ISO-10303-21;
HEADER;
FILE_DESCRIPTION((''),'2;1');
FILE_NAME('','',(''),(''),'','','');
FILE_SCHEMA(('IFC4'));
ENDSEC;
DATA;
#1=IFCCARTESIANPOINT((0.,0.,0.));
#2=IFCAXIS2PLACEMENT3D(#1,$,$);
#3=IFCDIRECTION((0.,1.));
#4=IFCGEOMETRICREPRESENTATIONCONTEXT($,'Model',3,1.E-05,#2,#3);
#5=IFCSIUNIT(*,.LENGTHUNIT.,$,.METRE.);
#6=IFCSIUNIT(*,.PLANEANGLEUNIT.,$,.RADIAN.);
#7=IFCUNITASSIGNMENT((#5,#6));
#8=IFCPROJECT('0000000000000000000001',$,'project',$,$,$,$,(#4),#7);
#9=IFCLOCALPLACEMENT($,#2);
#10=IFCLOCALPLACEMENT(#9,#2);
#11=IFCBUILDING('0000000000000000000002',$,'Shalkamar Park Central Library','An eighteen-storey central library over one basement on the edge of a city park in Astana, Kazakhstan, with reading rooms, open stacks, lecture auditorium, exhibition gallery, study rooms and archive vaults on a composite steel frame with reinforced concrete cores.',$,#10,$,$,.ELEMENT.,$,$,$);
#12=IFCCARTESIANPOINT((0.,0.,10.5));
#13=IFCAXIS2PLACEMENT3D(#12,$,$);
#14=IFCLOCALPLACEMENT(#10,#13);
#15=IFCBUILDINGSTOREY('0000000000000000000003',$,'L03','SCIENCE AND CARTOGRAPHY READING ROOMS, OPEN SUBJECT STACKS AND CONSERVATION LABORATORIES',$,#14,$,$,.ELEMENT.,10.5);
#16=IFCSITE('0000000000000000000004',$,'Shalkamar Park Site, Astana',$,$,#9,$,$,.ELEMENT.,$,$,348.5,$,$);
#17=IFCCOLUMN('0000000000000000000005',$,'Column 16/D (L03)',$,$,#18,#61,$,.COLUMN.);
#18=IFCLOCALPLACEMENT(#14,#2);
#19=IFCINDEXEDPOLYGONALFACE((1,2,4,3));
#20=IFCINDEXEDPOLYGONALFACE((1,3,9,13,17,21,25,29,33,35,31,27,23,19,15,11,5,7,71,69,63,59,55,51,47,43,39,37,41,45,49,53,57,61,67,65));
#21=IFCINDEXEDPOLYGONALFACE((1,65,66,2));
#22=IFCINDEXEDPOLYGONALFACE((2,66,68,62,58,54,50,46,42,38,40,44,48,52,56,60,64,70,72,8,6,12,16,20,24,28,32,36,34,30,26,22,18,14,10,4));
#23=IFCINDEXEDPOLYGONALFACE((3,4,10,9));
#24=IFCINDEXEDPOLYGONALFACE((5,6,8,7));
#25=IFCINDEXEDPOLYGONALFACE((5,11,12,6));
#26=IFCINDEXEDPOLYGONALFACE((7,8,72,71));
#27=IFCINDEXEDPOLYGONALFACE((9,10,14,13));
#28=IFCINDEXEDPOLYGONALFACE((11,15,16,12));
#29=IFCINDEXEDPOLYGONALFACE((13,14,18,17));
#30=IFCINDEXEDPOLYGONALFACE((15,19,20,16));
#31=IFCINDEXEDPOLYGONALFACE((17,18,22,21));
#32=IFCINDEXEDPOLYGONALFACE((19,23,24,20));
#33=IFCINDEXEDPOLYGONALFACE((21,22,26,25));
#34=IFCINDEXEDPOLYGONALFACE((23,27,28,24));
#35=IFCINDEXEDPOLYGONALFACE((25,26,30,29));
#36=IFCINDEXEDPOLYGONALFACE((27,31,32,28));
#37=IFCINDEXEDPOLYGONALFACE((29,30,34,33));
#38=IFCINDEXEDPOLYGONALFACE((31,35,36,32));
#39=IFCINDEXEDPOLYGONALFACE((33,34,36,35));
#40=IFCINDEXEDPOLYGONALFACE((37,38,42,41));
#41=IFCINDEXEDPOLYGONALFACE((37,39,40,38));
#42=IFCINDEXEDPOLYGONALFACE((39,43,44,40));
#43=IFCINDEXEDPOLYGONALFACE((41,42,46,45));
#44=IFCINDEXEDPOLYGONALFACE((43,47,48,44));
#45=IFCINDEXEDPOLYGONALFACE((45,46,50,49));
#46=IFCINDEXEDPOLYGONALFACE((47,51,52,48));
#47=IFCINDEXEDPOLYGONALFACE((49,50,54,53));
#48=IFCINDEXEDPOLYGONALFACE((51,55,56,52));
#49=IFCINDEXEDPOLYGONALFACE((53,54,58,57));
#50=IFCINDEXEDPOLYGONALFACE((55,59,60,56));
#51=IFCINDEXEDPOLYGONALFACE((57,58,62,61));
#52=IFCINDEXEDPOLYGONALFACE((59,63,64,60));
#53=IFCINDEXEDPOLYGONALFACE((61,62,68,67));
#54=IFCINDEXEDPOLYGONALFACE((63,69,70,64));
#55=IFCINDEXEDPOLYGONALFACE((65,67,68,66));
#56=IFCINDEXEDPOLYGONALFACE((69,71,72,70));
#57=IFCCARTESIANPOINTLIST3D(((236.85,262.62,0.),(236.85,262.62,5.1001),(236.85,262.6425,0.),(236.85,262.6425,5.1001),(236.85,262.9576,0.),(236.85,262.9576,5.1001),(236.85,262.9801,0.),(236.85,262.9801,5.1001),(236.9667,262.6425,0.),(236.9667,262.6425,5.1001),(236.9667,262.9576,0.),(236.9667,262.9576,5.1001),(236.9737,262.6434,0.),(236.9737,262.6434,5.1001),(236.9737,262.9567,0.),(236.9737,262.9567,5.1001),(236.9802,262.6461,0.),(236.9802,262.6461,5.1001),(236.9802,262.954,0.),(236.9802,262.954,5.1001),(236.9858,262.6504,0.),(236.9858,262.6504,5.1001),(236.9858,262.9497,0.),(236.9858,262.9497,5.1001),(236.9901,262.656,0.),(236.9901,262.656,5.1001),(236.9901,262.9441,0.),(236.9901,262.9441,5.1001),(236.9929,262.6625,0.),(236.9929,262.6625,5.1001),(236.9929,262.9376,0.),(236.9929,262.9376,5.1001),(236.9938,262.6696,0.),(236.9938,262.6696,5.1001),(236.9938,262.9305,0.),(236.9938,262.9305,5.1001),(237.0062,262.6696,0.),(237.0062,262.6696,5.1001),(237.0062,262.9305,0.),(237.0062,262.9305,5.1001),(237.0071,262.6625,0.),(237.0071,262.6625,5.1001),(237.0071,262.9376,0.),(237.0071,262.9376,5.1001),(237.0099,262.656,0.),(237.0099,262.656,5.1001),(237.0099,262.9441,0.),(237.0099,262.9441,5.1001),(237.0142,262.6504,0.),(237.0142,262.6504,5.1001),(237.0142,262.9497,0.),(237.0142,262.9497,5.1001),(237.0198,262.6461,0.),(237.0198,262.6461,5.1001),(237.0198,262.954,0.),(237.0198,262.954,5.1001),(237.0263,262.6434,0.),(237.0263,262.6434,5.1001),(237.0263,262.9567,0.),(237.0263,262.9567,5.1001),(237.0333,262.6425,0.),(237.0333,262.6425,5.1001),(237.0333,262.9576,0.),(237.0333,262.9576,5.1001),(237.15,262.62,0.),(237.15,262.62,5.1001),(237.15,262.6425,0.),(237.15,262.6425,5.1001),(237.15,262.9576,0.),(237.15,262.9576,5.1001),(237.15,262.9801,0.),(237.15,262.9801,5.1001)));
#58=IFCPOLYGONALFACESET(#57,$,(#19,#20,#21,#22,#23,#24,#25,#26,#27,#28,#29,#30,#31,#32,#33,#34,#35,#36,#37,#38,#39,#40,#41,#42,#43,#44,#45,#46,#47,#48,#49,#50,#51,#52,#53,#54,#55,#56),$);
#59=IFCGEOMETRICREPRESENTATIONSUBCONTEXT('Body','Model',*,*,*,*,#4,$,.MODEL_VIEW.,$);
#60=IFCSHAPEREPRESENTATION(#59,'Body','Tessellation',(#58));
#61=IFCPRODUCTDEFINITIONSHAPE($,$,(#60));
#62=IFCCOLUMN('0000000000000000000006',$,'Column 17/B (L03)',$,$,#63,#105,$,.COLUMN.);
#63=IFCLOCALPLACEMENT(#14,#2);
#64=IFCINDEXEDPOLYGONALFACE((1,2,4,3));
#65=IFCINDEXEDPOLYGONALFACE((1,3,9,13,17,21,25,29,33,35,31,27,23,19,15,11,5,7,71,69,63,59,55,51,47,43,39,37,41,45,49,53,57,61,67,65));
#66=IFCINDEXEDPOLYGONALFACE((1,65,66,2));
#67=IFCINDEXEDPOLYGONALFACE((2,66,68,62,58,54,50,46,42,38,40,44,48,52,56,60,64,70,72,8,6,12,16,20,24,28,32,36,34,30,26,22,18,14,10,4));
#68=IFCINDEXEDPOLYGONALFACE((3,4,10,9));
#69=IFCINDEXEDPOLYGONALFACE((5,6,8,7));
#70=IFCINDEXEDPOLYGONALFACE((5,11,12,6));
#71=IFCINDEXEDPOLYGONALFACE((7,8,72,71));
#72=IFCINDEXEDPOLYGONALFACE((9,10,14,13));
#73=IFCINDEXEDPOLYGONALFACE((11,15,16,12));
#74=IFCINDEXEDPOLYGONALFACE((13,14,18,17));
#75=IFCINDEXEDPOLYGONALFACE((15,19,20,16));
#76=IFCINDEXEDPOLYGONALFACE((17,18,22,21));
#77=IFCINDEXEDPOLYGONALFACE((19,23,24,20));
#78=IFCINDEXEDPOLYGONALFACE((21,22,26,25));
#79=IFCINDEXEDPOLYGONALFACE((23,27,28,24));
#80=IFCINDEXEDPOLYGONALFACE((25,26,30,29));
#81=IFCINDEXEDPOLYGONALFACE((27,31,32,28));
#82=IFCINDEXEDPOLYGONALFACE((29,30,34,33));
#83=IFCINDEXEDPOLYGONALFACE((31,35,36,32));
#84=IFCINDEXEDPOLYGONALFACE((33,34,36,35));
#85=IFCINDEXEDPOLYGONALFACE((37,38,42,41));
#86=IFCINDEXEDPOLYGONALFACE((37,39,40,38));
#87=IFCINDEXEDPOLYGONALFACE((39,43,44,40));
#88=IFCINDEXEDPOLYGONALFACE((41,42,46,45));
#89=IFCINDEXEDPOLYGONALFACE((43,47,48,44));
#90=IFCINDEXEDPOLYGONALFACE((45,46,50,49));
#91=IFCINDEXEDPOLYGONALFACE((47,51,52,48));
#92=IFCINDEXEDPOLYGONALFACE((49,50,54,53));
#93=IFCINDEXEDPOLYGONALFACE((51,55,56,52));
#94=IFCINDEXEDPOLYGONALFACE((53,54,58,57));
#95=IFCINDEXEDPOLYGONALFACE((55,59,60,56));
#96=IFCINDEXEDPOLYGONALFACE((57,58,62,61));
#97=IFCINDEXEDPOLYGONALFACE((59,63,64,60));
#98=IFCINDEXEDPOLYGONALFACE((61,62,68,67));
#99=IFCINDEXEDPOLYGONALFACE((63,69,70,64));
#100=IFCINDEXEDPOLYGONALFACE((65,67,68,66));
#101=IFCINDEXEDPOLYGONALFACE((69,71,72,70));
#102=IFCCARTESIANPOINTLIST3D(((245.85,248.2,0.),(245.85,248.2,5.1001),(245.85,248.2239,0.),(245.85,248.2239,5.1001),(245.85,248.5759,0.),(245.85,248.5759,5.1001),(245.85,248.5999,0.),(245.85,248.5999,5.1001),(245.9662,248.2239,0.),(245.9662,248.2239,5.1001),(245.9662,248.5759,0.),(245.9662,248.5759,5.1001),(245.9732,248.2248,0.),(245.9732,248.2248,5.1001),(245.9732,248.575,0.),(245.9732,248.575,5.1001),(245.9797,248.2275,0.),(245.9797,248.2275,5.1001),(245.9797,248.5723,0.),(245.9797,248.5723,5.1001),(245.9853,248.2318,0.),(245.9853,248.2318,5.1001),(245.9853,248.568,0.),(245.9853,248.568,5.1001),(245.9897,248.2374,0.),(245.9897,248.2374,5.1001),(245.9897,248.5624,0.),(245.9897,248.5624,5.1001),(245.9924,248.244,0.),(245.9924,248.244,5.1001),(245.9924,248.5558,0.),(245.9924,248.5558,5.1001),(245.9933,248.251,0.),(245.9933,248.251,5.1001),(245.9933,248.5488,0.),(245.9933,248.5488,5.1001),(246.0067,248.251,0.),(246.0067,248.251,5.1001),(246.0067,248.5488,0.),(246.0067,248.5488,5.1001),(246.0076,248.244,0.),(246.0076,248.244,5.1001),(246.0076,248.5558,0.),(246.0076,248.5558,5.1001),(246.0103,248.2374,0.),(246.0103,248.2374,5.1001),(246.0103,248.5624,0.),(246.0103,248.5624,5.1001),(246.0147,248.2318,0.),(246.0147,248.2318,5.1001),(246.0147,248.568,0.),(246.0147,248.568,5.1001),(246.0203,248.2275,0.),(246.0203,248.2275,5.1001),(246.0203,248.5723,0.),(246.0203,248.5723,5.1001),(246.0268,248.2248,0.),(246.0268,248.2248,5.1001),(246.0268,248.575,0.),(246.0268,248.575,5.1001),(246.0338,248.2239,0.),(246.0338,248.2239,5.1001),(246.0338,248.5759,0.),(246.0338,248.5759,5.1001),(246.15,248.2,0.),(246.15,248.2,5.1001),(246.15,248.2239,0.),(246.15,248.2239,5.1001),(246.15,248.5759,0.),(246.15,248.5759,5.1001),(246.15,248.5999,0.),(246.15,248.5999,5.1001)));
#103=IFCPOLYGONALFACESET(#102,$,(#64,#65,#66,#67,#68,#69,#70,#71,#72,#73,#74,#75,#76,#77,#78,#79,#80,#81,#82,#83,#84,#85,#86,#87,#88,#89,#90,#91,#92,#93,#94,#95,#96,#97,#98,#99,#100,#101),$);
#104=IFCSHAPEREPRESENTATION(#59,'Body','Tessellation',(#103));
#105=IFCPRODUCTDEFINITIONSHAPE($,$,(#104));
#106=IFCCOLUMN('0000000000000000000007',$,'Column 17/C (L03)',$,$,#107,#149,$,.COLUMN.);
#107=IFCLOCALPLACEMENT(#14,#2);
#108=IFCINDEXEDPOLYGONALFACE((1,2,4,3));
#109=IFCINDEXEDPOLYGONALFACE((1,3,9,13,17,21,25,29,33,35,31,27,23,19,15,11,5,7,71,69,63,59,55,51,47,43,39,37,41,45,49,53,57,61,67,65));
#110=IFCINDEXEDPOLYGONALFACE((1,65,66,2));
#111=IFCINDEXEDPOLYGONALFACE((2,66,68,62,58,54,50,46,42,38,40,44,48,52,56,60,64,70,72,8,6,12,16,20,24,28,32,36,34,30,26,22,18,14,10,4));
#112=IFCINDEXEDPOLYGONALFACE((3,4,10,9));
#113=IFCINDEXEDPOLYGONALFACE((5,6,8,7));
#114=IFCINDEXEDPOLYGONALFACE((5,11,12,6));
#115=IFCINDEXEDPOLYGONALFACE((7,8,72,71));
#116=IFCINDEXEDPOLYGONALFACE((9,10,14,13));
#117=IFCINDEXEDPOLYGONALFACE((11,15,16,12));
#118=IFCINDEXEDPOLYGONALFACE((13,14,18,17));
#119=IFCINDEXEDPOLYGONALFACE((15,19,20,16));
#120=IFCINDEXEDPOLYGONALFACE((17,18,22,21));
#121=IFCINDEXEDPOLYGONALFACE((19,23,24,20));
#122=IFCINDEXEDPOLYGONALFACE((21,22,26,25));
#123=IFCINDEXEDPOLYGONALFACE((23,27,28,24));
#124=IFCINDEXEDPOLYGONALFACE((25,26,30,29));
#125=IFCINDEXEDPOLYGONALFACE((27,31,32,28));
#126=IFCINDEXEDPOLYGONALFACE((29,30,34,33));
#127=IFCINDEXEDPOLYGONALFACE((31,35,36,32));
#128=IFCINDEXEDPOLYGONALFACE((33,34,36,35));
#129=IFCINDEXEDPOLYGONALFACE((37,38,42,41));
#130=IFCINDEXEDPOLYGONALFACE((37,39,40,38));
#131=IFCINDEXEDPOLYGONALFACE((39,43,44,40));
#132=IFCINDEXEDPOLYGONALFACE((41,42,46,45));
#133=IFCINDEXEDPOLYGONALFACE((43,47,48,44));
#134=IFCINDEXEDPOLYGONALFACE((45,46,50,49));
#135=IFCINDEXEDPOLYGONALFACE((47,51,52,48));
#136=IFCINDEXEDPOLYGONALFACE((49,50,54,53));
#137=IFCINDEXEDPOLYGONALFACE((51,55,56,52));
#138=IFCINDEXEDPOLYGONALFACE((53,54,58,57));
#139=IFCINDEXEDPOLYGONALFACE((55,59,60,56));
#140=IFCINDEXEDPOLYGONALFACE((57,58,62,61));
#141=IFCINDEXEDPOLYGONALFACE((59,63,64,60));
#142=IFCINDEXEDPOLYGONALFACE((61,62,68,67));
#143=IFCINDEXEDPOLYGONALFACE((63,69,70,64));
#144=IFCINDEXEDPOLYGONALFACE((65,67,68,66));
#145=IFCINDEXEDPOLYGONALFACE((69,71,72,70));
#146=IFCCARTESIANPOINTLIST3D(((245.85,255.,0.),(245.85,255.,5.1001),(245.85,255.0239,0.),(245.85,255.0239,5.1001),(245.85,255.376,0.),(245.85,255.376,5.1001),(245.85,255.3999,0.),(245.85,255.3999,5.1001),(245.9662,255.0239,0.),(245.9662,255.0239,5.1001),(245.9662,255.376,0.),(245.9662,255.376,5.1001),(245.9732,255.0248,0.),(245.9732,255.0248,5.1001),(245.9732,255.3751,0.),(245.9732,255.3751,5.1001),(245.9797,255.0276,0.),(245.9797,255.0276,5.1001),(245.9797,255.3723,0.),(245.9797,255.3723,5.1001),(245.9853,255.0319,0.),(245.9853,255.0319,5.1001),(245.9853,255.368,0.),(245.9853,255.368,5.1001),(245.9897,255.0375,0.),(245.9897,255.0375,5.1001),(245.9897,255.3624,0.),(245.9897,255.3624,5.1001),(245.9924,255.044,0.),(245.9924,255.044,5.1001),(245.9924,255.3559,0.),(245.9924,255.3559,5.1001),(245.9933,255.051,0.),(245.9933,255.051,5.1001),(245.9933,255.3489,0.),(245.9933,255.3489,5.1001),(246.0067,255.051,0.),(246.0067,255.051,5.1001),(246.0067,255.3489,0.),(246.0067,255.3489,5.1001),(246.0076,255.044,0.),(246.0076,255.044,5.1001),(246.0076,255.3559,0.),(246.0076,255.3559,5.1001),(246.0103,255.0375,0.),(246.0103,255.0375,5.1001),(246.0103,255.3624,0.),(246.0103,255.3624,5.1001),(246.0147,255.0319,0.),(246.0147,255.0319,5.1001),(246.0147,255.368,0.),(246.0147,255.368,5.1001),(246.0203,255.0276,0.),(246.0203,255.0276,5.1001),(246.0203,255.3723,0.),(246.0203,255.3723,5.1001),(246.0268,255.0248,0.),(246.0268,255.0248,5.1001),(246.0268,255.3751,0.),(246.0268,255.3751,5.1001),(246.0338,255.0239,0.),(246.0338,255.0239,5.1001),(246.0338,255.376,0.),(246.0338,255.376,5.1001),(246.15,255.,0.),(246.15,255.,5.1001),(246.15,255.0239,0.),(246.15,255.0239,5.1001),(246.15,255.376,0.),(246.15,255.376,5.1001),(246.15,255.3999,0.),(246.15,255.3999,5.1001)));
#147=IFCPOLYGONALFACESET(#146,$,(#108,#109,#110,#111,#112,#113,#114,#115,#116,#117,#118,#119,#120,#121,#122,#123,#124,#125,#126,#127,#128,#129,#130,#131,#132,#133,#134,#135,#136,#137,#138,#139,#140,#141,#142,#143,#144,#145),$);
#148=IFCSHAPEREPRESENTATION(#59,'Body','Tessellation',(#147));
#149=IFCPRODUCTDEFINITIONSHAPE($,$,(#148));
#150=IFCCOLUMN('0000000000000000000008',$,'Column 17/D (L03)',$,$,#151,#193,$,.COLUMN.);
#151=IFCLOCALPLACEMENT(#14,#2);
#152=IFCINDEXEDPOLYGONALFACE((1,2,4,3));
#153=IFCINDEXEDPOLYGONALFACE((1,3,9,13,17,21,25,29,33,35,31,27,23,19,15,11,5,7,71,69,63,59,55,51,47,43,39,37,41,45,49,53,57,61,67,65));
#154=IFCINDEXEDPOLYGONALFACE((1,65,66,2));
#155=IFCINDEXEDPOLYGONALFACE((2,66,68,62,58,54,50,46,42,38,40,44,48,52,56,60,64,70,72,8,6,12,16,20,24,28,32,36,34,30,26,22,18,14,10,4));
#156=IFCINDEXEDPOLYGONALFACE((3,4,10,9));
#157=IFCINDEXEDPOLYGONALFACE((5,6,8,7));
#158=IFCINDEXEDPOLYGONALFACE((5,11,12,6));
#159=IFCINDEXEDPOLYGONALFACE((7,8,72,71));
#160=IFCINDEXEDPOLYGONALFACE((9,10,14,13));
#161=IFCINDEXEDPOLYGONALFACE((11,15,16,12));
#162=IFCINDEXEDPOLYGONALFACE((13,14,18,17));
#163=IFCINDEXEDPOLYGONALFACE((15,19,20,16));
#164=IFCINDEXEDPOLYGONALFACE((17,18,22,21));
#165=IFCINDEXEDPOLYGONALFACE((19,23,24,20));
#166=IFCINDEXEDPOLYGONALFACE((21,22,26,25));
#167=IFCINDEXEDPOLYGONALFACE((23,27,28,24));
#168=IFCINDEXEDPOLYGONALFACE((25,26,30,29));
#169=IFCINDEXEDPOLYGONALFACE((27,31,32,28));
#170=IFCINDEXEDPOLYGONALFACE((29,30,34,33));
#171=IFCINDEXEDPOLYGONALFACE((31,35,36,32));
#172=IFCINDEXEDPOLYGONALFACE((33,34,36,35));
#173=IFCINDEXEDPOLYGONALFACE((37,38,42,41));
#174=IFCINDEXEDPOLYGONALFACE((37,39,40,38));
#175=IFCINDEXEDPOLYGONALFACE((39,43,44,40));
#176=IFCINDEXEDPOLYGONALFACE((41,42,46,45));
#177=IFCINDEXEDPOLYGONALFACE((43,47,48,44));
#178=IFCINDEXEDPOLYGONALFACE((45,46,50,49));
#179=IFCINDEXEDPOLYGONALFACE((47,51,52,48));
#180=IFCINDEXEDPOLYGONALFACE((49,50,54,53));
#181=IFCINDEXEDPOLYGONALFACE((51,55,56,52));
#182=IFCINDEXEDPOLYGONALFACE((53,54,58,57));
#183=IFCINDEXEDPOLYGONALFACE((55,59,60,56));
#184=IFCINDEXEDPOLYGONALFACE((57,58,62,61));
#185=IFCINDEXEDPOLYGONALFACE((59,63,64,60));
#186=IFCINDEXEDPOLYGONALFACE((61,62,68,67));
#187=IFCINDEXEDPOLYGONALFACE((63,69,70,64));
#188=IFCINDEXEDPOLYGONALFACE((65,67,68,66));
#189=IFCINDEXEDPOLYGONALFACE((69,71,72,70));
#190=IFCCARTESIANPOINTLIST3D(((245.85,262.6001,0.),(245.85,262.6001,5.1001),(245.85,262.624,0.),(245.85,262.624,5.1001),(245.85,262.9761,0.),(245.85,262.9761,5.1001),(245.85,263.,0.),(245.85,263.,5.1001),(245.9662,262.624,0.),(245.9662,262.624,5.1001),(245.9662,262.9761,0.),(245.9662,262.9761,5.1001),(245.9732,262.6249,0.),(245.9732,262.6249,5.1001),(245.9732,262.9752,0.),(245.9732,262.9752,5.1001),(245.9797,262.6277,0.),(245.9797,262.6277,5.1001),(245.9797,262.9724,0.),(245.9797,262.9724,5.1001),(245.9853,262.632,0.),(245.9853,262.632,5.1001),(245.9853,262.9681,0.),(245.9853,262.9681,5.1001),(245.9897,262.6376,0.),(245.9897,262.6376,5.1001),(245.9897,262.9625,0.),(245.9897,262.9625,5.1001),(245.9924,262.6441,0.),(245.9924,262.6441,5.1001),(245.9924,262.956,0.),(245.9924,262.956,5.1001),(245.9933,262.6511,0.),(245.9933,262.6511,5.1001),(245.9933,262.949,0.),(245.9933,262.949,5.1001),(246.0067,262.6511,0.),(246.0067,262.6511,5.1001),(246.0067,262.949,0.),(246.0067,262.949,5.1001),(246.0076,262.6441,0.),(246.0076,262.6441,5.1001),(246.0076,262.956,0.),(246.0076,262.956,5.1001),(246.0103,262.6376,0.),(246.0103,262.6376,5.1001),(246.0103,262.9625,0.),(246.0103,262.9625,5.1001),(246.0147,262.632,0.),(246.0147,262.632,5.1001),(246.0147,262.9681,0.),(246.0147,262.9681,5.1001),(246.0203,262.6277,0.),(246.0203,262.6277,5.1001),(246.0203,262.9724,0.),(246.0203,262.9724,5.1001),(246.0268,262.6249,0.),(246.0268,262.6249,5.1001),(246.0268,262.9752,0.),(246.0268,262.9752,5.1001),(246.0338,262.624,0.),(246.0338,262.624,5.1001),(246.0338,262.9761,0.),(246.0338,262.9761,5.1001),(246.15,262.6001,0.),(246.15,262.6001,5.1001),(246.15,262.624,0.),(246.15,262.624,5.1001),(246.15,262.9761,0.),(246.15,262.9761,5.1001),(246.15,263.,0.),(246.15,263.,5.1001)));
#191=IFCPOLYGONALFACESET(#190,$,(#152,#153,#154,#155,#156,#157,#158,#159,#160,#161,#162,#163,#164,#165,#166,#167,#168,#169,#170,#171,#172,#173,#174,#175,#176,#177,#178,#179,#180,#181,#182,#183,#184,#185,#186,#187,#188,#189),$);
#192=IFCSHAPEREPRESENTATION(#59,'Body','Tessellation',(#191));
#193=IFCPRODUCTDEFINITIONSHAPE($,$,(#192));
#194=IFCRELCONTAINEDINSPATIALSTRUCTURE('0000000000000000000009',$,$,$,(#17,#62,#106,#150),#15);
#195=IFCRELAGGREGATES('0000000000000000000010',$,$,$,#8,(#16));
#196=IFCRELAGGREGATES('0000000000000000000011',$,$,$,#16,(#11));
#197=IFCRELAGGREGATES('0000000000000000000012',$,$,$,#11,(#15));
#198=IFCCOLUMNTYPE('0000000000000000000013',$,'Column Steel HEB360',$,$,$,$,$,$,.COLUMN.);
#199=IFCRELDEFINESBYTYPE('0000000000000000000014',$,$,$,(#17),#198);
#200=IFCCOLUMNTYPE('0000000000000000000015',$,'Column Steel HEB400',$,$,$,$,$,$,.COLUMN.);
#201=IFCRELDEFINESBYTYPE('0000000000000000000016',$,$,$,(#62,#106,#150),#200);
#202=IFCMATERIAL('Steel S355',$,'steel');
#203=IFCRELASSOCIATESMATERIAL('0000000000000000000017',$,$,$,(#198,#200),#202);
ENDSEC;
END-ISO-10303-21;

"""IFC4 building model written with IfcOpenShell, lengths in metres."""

from ifc_helpers import new_model, si_unit, direction, frame, origin, origin_2d, place, context, subcontext, project, spatial, i_section, extrude, material, material_profile, profile_set, type_object, element, save


model = new_model("IFC4")

# Units and contexts
model_context = context("Model", 3, precision=1e-05, world=origin(), true_north=direction((0.0, 1.0)))
body_context = subcontext(model_context, "Body", "Model", "MODEL_VIEW")
ifc_project = project(units=[si_unit("LENGTHUNIT", "METRE"), si_unit("PLANEANGLEUNIT", "RADIAN")], contexts=[model_context])

# Site, building, storey
site_placement = place(None, origin())
site = spatial("IfcSite", under=ifc_project, at=site_placement, Name="Shalkamar Park Site, Astana", CompositionType="ELEMENT", RefElevation=348.5)
building_placement = place(site_placement, origin())
building = spatial("IfcBuilding", under=site, at=building_placement, Name="Shalkamar Park Central Library", Description="An eighteen-storey central library over one basement on the edge of a city park in Astana, Kazakhstan, with reading rooms, open stacks, lecture auditorium, exhibition gallery, study rooms and archive vaults on a composite steel frame with reinforced concrete cores.", CompositionType="ELEMENT")
storey_placement = place(building_placement, frame((0.0, 0.0, 10.5)))
storey = spatial("IfcBuildingStorey", under=building, at=storey_placement, Name="L03", Description="SCIENCE AND CARTOGRAPHY READING ROOMS, OPEN SUBJECT STACKS AND CONSERVATION LABORATORIES", CompositionType="ELEMENT", Elevation=10.5)

# Columns
ifc_material_1 = material(Name="Steel S355", Category="steel")
ifc_material_profile_1 = material_profile(ifc_material_1, i_section(OverallWidth=0.3, OverallDepth=0.3601, WebThickness=0.0125, FlangeThickness=0.0225, FilletRadius=0.0271, at=origin_2d()), Name="HEB 360")
ifc_profile_set_1 = profile_set([ifc_material_profile_1], Name="Steel S355")
column_type_1 = type_object("IfcColumnType", Name="Column Steel HEB360", PredefinedType="COLUMN", material=ifc_profile_set_1)
column_placement = place(storey_placement, frame((237.0, 262.8, 0.0), z_axis=(0.0, 0.0, 1.0), x_axis=(1.0, 0.0, 0.0)))
element("IfcColumn", 1, at=column_placement, inside=storey, type_object=column_type_1, Name="Column 16/D (L03)", PredefinedType="COLUMN", context=body_context, shape_type="SweptSolid", body=[
    extrude(i_section(OverallWidth=0.3, OverallDepth=0.3601, WebThickness=0.0125, FlangeThickness=0.0225, FilletRadius=0.0271, at=origin_2d()), origin(), (0.0, 0.0, 1.0), 5.1001),
])
ifc_material_profile_2 = material_profile(ifc_material_1, i_section(OverallWidth=0.3, OverallDepth=0.3999, WebThickness=0.0134, FlangeThickness=0.0239, FilletRadius=0.0271, at=origin_2d()), Name="HEB 400")
ifc_profile_set_2 = profile_set([ifc_material_profile_2], Name="Steel S355")
column_type_2 = type_object("IfcColumnType", Name="Column Steel HEB400", PredefinedType="COLUMN", material=ifc_profile_set_2)
for number, where, z_axis, x_axis, name in (
    (2, (246.0, 248.3999, 0.0), (0.0, 0.0, 1.0), (1.0, 0.0, 0.0), "Column 17/B (L03)"),
    (3, (246.0, 255.2, 0.0), (0.0, 0.0, 1.0), (1.0, 0.0, 0.0), "Column 17/C (L03)"),
    (4, (246.0, 262.8, 0.0), (0.0, 0.0, 1.0), (1.0, 0.0, 0.0), "Column 17/D (L03)"),
):
    element("IfcColumn", number, at=place(storey_placement, frame(where, z_axis=z_axis, x_axis=x_axis)), inside=storey, type_object=column_type_2, Name=name, PredefinedType="COLUMN", context=body_context, shape_type="SweptSolid", body=[
        extrude(i_section(OverallWidth=0.3, OverallDepth=0.3999, WebThickness=0.0134, FlangeThickness=0.0239, FilletRadius=0.0271, at=origin_2d()), origin(), (0.0, 0.0, 1.0), 5.1001),
    ])

save(model, "model.ifc")
